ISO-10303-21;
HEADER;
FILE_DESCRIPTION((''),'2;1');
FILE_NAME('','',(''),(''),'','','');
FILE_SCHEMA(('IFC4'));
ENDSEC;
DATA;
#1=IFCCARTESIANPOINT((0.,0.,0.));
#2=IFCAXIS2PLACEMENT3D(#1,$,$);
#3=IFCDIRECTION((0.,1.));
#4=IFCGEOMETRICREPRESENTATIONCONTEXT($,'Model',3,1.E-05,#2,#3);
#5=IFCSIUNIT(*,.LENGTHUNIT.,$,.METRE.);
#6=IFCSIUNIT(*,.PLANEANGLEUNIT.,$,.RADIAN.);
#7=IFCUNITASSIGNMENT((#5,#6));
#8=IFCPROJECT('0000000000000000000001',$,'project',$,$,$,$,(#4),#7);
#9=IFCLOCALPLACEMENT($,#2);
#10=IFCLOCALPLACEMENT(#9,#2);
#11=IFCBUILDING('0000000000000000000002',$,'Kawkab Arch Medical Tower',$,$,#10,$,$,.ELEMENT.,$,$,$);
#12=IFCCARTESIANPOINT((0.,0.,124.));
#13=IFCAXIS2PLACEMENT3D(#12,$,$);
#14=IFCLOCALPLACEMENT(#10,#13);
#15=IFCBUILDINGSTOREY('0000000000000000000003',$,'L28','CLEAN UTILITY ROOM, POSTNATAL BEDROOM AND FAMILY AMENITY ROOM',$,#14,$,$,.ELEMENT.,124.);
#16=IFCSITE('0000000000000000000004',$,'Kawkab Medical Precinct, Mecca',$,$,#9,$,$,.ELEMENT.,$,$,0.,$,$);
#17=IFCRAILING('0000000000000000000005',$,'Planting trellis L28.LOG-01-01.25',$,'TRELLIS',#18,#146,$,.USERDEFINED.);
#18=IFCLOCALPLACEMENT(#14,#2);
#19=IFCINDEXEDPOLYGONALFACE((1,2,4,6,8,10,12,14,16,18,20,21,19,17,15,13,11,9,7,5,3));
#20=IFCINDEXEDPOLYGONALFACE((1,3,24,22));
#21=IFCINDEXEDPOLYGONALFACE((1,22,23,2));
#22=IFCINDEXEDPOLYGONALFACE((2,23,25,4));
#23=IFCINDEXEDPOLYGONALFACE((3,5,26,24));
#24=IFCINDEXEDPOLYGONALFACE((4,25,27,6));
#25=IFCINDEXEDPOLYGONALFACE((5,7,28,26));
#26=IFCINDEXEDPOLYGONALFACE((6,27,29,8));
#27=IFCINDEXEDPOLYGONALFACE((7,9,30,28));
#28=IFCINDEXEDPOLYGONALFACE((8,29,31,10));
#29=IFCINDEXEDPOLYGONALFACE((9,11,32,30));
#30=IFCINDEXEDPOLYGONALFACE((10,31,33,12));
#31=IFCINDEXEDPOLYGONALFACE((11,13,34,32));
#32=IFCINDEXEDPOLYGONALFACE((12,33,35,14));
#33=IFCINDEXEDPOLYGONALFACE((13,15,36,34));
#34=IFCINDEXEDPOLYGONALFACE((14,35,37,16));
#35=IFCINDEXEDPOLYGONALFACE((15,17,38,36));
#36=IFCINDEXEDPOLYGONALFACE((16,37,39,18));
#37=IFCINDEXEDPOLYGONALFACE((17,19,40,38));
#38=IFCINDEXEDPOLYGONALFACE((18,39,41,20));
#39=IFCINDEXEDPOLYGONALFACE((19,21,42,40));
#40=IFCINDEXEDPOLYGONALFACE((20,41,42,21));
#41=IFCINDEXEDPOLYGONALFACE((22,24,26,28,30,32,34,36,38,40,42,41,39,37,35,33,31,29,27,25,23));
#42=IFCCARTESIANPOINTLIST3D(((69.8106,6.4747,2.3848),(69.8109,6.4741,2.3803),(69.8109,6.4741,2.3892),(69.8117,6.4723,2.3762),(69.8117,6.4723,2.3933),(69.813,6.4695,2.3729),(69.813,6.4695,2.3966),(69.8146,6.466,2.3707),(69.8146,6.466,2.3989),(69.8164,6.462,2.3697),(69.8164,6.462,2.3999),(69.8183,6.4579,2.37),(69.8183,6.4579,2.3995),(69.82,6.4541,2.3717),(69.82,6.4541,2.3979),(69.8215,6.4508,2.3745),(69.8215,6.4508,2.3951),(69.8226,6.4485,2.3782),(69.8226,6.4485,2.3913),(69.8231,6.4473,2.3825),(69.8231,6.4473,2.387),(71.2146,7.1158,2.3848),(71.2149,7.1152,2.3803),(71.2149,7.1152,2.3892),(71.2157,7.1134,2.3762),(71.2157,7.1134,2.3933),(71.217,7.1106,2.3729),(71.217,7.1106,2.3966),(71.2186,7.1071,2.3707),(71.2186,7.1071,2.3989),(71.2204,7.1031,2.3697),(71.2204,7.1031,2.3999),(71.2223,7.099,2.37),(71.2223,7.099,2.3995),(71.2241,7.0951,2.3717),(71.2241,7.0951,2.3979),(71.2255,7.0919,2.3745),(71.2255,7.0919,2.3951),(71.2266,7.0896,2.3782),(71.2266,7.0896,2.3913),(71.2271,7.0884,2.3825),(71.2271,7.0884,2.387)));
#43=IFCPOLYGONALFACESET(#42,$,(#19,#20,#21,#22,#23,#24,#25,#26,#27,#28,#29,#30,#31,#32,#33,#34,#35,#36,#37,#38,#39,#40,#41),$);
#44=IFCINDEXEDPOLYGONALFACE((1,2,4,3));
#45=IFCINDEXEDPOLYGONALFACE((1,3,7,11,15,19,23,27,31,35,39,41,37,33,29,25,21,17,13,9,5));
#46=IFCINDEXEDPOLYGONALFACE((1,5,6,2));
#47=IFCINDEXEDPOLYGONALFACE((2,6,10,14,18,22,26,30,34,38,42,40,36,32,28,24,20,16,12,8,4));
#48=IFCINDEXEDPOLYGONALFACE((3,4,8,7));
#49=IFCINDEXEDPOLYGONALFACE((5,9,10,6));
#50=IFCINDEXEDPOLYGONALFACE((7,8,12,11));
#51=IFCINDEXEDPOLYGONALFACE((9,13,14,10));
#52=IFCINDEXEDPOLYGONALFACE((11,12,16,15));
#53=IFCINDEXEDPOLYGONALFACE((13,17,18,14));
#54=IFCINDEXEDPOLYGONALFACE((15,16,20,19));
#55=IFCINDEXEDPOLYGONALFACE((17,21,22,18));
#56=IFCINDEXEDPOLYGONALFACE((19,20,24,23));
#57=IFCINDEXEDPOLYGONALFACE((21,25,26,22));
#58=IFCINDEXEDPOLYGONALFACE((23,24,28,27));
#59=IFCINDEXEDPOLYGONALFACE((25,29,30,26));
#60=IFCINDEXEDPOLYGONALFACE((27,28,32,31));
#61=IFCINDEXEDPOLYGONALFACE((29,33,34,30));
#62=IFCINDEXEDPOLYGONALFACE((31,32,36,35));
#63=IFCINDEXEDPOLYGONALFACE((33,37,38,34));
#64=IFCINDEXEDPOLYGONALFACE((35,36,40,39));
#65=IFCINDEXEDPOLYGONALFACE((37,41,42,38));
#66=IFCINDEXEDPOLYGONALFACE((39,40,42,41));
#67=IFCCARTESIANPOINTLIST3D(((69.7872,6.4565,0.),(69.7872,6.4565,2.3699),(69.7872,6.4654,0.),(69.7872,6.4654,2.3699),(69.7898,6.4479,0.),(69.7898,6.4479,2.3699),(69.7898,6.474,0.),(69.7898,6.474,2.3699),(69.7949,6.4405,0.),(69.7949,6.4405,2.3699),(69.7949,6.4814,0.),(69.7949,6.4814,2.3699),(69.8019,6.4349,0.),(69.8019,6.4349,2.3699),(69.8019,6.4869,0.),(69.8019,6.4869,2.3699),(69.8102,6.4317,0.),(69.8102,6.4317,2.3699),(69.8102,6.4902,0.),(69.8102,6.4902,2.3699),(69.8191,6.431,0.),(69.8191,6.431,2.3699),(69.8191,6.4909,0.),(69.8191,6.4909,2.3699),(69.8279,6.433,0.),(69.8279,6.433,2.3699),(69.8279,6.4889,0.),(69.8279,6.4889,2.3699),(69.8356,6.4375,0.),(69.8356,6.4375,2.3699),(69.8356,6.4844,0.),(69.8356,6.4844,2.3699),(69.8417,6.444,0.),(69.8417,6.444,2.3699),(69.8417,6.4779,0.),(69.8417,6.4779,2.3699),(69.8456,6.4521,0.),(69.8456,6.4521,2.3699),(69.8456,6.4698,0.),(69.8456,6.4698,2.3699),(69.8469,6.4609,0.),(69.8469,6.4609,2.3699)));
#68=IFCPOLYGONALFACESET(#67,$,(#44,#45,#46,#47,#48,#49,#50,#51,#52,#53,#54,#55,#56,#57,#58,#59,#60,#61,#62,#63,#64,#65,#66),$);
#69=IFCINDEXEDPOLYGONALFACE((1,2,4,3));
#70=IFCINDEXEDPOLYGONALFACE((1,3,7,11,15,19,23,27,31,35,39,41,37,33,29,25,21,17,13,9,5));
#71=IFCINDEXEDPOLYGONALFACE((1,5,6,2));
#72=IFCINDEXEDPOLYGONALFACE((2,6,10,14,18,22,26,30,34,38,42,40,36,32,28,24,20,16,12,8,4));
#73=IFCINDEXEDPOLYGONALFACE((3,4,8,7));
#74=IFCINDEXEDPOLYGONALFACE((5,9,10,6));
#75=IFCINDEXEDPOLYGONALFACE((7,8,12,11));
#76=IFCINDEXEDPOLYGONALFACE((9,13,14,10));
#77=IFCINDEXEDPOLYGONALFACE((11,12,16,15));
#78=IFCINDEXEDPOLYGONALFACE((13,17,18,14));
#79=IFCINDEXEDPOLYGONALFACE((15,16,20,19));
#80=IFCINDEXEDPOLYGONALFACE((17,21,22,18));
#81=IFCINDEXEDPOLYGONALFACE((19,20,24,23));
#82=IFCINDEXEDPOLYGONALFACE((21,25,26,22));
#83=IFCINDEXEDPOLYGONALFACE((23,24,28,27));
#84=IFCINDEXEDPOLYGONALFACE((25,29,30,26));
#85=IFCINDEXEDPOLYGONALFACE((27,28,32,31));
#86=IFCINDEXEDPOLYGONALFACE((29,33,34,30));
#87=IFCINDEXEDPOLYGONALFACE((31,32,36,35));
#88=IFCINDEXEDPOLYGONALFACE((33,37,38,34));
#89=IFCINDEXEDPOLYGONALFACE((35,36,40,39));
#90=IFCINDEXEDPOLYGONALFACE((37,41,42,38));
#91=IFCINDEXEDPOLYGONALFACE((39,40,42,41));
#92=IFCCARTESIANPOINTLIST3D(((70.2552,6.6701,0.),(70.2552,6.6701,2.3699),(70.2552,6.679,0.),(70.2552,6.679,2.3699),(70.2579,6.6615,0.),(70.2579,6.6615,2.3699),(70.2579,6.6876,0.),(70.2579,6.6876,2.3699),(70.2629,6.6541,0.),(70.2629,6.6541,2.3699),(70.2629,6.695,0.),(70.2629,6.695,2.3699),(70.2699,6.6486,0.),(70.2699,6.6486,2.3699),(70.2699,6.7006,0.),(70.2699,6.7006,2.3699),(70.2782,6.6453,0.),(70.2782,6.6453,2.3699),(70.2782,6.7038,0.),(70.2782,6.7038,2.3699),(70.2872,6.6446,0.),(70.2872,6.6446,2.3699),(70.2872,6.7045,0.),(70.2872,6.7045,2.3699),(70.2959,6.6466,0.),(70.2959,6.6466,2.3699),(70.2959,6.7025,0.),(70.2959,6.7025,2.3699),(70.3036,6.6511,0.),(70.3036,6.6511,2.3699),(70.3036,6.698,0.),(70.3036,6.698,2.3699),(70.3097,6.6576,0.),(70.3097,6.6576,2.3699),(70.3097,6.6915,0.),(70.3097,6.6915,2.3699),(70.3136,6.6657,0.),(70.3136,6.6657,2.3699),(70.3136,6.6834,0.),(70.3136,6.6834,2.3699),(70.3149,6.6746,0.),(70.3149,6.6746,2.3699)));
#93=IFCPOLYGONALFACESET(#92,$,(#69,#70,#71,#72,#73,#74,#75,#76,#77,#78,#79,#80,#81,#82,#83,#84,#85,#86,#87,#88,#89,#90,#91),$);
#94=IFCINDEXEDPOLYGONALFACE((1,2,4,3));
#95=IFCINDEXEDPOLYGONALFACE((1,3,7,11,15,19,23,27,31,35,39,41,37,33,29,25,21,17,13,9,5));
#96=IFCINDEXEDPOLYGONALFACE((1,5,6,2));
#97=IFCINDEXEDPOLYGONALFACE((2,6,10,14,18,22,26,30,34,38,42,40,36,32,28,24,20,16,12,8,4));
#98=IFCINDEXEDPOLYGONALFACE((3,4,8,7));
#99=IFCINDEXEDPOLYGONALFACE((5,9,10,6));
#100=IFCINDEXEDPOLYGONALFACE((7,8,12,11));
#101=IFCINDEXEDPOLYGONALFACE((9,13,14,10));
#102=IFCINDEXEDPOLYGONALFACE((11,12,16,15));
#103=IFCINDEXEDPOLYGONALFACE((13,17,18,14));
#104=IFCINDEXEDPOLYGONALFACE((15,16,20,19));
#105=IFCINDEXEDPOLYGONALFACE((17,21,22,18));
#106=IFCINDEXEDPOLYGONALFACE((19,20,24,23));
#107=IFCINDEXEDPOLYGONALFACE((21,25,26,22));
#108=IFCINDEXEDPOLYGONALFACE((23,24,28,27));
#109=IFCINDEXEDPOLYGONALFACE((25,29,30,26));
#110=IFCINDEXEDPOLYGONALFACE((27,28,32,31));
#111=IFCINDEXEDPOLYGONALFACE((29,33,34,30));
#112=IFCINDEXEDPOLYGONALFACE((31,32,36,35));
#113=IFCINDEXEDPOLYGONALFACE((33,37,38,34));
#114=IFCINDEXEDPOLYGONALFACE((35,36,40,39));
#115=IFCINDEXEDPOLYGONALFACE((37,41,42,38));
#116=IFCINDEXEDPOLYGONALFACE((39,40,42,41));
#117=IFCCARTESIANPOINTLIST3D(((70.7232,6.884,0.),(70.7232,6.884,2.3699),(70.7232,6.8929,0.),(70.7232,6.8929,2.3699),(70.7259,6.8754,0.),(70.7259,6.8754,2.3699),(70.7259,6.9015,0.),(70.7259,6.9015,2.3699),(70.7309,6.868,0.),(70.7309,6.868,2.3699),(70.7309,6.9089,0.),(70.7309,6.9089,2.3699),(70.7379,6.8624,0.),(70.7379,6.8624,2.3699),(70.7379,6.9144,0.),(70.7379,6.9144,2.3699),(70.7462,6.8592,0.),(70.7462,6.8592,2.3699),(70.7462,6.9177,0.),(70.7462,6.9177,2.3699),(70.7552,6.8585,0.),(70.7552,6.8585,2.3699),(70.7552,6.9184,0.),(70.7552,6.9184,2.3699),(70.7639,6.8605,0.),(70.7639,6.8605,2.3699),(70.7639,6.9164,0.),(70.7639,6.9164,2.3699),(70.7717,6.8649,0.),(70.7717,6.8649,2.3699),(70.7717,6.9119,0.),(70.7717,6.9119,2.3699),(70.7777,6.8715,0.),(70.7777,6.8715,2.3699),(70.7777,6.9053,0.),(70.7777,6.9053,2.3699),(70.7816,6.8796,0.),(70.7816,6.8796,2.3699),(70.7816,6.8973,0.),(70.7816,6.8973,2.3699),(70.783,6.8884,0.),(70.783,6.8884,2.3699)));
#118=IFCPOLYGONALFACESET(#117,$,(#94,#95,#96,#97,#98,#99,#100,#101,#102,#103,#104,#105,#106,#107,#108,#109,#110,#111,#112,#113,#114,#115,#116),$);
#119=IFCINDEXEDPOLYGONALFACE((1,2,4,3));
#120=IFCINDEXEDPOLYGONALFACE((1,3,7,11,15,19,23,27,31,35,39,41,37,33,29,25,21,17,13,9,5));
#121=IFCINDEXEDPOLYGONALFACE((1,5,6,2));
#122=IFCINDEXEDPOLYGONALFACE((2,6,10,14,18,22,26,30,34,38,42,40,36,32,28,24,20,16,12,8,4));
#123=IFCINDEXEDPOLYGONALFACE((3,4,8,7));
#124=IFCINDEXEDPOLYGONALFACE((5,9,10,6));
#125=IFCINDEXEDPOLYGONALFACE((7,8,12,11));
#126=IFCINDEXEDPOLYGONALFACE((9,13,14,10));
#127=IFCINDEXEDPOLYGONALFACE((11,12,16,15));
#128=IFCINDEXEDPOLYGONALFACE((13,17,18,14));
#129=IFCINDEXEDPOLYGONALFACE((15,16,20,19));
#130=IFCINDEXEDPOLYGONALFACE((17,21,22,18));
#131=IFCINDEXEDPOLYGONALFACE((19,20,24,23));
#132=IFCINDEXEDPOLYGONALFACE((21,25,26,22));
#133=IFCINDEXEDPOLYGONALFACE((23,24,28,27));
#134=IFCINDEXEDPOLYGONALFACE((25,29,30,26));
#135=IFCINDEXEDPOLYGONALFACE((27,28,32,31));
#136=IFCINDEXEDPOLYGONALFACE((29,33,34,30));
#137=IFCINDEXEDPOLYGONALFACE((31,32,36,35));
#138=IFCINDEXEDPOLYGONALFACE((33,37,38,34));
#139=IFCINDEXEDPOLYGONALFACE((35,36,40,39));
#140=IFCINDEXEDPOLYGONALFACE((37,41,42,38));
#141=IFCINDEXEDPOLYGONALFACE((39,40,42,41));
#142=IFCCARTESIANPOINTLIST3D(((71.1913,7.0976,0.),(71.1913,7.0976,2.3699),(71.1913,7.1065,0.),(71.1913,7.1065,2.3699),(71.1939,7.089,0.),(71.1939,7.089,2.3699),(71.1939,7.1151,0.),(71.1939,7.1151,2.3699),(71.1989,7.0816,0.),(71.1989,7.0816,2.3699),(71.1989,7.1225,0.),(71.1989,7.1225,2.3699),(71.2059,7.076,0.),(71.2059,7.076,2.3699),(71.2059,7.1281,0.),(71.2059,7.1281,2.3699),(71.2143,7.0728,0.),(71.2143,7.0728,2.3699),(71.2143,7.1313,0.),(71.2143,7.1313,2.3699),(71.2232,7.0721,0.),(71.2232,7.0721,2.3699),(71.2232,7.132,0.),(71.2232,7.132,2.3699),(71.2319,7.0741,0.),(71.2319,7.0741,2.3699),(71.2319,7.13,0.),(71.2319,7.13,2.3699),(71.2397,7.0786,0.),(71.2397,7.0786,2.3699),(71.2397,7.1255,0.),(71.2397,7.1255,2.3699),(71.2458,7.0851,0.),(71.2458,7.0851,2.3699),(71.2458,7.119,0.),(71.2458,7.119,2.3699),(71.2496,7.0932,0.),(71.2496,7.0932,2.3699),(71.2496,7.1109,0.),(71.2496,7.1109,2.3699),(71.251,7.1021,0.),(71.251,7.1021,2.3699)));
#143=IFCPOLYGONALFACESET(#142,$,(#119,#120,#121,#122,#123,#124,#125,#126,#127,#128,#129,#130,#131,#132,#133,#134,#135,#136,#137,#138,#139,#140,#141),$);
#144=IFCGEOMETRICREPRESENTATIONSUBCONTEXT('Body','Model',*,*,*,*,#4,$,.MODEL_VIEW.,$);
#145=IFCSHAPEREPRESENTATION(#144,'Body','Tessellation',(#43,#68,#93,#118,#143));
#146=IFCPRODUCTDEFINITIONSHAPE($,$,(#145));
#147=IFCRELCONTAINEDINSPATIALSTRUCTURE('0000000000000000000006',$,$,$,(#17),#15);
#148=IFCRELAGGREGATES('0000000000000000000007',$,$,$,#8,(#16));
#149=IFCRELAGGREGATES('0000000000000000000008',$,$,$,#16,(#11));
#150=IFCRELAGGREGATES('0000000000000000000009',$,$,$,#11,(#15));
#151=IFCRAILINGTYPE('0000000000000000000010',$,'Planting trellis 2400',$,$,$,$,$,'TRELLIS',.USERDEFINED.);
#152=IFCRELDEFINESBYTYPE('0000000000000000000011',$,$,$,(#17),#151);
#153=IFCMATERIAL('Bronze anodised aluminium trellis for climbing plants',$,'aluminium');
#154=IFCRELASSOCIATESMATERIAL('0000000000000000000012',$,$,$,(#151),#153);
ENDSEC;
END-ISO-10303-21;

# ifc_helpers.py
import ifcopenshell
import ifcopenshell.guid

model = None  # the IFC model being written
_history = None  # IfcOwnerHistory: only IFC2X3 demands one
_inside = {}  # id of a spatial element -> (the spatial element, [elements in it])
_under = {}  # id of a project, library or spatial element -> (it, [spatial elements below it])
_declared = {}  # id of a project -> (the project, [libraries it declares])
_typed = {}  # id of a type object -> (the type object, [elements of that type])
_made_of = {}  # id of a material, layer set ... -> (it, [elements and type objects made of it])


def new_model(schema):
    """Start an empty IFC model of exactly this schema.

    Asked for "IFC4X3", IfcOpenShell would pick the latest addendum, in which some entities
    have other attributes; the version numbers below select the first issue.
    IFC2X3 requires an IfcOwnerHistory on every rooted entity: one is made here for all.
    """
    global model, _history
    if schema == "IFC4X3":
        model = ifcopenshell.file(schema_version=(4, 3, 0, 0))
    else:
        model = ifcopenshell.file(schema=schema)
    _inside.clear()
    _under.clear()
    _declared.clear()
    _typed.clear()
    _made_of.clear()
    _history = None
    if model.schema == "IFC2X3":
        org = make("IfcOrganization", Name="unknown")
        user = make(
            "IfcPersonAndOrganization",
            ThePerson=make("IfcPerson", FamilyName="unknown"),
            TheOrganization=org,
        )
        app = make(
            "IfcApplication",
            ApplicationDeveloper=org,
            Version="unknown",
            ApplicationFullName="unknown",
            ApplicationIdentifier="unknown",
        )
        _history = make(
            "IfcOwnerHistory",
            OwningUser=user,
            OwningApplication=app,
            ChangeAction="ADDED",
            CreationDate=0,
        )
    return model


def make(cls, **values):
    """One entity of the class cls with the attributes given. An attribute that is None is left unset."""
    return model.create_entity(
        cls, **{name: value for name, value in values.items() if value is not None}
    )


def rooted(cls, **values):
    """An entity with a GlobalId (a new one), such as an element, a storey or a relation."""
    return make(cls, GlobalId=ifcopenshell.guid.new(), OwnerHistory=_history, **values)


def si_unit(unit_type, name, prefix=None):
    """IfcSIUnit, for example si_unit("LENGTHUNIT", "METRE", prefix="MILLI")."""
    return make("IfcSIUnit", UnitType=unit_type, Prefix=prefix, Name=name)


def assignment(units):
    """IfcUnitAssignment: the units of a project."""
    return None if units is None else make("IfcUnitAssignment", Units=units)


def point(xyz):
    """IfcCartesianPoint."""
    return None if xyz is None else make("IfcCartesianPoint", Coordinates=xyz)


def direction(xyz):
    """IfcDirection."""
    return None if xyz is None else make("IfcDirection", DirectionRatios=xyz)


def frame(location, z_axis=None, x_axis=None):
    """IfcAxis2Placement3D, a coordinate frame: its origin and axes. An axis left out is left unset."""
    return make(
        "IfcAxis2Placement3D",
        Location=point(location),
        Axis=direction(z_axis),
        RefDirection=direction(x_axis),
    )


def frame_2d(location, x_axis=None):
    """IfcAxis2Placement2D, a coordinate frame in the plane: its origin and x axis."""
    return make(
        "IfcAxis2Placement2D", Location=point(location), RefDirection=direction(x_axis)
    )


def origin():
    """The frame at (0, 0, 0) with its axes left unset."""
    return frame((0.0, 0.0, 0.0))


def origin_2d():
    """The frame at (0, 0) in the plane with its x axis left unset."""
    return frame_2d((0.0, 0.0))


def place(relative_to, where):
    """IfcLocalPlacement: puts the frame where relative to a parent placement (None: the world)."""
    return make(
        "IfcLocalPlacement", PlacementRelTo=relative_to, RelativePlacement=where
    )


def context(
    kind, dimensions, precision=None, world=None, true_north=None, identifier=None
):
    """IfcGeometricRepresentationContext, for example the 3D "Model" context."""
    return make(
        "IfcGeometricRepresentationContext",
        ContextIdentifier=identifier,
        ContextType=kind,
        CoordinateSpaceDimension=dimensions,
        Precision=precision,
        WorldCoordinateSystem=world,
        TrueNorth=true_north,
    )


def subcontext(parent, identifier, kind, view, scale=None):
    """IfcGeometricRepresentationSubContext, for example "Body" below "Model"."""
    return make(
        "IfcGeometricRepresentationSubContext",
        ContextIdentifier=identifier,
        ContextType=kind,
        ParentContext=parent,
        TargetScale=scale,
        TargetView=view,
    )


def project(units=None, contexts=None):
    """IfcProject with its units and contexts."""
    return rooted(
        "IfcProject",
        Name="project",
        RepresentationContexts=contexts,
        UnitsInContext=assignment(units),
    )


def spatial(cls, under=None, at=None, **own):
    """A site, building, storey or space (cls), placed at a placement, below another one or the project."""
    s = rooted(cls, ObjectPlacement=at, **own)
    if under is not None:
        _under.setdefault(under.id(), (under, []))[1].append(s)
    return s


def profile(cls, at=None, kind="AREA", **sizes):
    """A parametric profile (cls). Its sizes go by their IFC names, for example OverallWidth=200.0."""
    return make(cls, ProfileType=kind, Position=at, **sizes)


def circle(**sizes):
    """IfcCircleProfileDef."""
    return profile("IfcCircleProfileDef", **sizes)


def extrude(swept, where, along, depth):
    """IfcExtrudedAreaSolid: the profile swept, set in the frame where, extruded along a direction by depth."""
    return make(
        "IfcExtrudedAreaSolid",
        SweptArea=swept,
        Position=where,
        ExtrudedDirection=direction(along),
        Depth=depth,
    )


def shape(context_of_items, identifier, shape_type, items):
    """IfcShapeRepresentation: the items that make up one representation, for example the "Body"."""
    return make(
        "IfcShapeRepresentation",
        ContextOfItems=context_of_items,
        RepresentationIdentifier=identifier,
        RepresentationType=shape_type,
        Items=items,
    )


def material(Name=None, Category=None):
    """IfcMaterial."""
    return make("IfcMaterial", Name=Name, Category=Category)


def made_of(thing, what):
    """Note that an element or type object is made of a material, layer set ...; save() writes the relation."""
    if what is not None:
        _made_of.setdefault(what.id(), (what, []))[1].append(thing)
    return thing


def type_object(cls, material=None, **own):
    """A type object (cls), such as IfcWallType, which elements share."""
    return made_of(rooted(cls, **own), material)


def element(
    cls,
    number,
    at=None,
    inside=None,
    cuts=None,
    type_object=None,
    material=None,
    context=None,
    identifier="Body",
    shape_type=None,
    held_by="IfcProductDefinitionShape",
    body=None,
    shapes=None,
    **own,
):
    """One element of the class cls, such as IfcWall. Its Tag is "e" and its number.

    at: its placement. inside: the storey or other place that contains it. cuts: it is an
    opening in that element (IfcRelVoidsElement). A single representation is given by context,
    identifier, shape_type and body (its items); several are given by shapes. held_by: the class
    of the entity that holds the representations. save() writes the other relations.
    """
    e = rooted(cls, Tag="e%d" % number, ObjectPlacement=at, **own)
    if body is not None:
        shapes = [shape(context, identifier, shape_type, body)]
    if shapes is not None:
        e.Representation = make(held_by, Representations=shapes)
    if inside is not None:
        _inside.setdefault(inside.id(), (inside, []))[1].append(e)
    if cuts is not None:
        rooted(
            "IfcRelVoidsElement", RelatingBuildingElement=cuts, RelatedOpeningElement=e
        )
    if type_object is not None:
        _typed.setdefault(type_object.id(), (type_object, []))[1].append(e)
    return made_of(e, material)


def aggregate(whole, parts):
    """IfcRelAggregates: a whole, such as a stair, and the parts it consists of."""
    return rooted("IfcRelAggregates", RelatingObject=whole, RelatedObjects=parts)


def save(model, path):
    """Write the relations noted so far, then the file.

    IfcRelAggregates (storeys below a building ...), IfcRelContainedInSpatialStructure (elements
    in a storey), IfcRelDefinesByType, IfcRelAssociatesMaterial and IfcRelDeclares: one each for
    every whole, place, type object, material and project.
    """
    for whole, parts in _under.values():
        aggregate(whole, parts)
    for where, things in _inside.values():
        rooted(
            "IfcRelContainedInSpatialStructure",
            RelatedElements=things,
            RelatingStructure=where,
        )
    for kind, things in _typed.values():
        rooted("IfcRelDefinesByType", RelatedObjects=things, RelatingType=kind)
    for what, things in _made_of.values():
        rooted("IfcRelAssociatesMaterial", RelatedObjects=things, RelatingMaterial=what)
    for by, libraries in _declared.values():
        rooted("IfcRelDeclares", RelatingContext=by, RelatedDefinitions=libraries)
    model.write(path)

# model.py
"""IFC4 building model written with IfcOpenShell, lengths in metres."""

from ifc_helpers import new_model, si_unit, direction, frame, origin, origin_2d, place, context, subcontext, project, spatial, circle, extrude, material, type_object, element, save


model = new_model("IFC4")

# Units and contexts
model_context = context("Model", 3, precision=1e-05, world=origin(), true_north=direction((0.0, 1.0)))
body_context = subcontext(model_context, "Body", "Model", "MODEL_VIEW")
ifc_project = project(units=[si_unit("LENGTHUNIT", "METRE"), si_unit("PLANEANGLEUNIT", "RADIAN")], contexts=[model_context])

# Site, building, storey
site_placement = place(None, origin())
site = spatial("IfcSite", under=ifc_project, at=site_placement, Name="Kawkab Medical Precinct, Mecca", CompositionType="ELEMENT", RefElevation=0.0)
building_placement = place(site_placement, origin())
building = spatial("IfcBuilding", under=site, at=building_placement, Name="Kawkab Arch Medical Tower", CompositionType="ELEMENT")
storey_placement = place(building_placement, frame((0.0, 0.0, 124.0)))
storey = spatial("IfcBuildingStorey", under=building, at=storey_placement, Name="L28", Description="CLEAN UTILITY ROOM, POSTNATAL BEDROOM AND FAMILY AMENITY ROOM", CompositionType="ELEMENT", Elevation=124.0)

# Railing
ifc_material_1 = material(Name="Bronze anodised aluminium trellis for climbing plants", Category="aluminium")
railing_type = type_object("IfcRailingType", Name="Planting trellis 2400", ElementType="TRELLIS", PredefinedType="USERDEFINED", material=ifc_material_1)
railing_1_placement = place(storey_placement, frame((69.8169, 6.4609, 0.0)))
element("IfcRailing", 1, at=railing_1_placement, inside=storey, type_object=railing_type, Name="Planting trellis L28.LOG-01-01.25", ObjectType="TRELLIS", PredefinedType="USERDEFINED", context=body_context, shape_type="SweptSolid", body=[
    extrude(circle(Radius=0.0151, at=origin_2d()), frame((0.0, 0.0, 2.3848), z_axis=(0.909656, 0.415363, 0.0), x_axis=(-0.415363, 0.909656, 0.0)), (0.0, 0.0, 1.0), 1.5435),
    extrude(circle(Radius=0.03, at=origin_2d()), origin(), (0.0, 0.0, 1.0), 2.3699),
    extrude(circle(Radius=0.03, at=origin_2d()), frame((0.468, 0.2136, 0.0)), (0.0, 0.0, 1.0), 2.3699),
    extrude(circle(Radius=0.03, at=origin_2d()), frame((0.936, 0.4275, 0.0)), (0.0, 0.0, 1.0), 2.3699),
    extrude(circle(Radius=0.03, at=origin_2d()), frame((1.4041, 0.6411, 0.0)), (0.0, 0.0, 1.0), 2.3699),
])

save(model, "model.ifc")
